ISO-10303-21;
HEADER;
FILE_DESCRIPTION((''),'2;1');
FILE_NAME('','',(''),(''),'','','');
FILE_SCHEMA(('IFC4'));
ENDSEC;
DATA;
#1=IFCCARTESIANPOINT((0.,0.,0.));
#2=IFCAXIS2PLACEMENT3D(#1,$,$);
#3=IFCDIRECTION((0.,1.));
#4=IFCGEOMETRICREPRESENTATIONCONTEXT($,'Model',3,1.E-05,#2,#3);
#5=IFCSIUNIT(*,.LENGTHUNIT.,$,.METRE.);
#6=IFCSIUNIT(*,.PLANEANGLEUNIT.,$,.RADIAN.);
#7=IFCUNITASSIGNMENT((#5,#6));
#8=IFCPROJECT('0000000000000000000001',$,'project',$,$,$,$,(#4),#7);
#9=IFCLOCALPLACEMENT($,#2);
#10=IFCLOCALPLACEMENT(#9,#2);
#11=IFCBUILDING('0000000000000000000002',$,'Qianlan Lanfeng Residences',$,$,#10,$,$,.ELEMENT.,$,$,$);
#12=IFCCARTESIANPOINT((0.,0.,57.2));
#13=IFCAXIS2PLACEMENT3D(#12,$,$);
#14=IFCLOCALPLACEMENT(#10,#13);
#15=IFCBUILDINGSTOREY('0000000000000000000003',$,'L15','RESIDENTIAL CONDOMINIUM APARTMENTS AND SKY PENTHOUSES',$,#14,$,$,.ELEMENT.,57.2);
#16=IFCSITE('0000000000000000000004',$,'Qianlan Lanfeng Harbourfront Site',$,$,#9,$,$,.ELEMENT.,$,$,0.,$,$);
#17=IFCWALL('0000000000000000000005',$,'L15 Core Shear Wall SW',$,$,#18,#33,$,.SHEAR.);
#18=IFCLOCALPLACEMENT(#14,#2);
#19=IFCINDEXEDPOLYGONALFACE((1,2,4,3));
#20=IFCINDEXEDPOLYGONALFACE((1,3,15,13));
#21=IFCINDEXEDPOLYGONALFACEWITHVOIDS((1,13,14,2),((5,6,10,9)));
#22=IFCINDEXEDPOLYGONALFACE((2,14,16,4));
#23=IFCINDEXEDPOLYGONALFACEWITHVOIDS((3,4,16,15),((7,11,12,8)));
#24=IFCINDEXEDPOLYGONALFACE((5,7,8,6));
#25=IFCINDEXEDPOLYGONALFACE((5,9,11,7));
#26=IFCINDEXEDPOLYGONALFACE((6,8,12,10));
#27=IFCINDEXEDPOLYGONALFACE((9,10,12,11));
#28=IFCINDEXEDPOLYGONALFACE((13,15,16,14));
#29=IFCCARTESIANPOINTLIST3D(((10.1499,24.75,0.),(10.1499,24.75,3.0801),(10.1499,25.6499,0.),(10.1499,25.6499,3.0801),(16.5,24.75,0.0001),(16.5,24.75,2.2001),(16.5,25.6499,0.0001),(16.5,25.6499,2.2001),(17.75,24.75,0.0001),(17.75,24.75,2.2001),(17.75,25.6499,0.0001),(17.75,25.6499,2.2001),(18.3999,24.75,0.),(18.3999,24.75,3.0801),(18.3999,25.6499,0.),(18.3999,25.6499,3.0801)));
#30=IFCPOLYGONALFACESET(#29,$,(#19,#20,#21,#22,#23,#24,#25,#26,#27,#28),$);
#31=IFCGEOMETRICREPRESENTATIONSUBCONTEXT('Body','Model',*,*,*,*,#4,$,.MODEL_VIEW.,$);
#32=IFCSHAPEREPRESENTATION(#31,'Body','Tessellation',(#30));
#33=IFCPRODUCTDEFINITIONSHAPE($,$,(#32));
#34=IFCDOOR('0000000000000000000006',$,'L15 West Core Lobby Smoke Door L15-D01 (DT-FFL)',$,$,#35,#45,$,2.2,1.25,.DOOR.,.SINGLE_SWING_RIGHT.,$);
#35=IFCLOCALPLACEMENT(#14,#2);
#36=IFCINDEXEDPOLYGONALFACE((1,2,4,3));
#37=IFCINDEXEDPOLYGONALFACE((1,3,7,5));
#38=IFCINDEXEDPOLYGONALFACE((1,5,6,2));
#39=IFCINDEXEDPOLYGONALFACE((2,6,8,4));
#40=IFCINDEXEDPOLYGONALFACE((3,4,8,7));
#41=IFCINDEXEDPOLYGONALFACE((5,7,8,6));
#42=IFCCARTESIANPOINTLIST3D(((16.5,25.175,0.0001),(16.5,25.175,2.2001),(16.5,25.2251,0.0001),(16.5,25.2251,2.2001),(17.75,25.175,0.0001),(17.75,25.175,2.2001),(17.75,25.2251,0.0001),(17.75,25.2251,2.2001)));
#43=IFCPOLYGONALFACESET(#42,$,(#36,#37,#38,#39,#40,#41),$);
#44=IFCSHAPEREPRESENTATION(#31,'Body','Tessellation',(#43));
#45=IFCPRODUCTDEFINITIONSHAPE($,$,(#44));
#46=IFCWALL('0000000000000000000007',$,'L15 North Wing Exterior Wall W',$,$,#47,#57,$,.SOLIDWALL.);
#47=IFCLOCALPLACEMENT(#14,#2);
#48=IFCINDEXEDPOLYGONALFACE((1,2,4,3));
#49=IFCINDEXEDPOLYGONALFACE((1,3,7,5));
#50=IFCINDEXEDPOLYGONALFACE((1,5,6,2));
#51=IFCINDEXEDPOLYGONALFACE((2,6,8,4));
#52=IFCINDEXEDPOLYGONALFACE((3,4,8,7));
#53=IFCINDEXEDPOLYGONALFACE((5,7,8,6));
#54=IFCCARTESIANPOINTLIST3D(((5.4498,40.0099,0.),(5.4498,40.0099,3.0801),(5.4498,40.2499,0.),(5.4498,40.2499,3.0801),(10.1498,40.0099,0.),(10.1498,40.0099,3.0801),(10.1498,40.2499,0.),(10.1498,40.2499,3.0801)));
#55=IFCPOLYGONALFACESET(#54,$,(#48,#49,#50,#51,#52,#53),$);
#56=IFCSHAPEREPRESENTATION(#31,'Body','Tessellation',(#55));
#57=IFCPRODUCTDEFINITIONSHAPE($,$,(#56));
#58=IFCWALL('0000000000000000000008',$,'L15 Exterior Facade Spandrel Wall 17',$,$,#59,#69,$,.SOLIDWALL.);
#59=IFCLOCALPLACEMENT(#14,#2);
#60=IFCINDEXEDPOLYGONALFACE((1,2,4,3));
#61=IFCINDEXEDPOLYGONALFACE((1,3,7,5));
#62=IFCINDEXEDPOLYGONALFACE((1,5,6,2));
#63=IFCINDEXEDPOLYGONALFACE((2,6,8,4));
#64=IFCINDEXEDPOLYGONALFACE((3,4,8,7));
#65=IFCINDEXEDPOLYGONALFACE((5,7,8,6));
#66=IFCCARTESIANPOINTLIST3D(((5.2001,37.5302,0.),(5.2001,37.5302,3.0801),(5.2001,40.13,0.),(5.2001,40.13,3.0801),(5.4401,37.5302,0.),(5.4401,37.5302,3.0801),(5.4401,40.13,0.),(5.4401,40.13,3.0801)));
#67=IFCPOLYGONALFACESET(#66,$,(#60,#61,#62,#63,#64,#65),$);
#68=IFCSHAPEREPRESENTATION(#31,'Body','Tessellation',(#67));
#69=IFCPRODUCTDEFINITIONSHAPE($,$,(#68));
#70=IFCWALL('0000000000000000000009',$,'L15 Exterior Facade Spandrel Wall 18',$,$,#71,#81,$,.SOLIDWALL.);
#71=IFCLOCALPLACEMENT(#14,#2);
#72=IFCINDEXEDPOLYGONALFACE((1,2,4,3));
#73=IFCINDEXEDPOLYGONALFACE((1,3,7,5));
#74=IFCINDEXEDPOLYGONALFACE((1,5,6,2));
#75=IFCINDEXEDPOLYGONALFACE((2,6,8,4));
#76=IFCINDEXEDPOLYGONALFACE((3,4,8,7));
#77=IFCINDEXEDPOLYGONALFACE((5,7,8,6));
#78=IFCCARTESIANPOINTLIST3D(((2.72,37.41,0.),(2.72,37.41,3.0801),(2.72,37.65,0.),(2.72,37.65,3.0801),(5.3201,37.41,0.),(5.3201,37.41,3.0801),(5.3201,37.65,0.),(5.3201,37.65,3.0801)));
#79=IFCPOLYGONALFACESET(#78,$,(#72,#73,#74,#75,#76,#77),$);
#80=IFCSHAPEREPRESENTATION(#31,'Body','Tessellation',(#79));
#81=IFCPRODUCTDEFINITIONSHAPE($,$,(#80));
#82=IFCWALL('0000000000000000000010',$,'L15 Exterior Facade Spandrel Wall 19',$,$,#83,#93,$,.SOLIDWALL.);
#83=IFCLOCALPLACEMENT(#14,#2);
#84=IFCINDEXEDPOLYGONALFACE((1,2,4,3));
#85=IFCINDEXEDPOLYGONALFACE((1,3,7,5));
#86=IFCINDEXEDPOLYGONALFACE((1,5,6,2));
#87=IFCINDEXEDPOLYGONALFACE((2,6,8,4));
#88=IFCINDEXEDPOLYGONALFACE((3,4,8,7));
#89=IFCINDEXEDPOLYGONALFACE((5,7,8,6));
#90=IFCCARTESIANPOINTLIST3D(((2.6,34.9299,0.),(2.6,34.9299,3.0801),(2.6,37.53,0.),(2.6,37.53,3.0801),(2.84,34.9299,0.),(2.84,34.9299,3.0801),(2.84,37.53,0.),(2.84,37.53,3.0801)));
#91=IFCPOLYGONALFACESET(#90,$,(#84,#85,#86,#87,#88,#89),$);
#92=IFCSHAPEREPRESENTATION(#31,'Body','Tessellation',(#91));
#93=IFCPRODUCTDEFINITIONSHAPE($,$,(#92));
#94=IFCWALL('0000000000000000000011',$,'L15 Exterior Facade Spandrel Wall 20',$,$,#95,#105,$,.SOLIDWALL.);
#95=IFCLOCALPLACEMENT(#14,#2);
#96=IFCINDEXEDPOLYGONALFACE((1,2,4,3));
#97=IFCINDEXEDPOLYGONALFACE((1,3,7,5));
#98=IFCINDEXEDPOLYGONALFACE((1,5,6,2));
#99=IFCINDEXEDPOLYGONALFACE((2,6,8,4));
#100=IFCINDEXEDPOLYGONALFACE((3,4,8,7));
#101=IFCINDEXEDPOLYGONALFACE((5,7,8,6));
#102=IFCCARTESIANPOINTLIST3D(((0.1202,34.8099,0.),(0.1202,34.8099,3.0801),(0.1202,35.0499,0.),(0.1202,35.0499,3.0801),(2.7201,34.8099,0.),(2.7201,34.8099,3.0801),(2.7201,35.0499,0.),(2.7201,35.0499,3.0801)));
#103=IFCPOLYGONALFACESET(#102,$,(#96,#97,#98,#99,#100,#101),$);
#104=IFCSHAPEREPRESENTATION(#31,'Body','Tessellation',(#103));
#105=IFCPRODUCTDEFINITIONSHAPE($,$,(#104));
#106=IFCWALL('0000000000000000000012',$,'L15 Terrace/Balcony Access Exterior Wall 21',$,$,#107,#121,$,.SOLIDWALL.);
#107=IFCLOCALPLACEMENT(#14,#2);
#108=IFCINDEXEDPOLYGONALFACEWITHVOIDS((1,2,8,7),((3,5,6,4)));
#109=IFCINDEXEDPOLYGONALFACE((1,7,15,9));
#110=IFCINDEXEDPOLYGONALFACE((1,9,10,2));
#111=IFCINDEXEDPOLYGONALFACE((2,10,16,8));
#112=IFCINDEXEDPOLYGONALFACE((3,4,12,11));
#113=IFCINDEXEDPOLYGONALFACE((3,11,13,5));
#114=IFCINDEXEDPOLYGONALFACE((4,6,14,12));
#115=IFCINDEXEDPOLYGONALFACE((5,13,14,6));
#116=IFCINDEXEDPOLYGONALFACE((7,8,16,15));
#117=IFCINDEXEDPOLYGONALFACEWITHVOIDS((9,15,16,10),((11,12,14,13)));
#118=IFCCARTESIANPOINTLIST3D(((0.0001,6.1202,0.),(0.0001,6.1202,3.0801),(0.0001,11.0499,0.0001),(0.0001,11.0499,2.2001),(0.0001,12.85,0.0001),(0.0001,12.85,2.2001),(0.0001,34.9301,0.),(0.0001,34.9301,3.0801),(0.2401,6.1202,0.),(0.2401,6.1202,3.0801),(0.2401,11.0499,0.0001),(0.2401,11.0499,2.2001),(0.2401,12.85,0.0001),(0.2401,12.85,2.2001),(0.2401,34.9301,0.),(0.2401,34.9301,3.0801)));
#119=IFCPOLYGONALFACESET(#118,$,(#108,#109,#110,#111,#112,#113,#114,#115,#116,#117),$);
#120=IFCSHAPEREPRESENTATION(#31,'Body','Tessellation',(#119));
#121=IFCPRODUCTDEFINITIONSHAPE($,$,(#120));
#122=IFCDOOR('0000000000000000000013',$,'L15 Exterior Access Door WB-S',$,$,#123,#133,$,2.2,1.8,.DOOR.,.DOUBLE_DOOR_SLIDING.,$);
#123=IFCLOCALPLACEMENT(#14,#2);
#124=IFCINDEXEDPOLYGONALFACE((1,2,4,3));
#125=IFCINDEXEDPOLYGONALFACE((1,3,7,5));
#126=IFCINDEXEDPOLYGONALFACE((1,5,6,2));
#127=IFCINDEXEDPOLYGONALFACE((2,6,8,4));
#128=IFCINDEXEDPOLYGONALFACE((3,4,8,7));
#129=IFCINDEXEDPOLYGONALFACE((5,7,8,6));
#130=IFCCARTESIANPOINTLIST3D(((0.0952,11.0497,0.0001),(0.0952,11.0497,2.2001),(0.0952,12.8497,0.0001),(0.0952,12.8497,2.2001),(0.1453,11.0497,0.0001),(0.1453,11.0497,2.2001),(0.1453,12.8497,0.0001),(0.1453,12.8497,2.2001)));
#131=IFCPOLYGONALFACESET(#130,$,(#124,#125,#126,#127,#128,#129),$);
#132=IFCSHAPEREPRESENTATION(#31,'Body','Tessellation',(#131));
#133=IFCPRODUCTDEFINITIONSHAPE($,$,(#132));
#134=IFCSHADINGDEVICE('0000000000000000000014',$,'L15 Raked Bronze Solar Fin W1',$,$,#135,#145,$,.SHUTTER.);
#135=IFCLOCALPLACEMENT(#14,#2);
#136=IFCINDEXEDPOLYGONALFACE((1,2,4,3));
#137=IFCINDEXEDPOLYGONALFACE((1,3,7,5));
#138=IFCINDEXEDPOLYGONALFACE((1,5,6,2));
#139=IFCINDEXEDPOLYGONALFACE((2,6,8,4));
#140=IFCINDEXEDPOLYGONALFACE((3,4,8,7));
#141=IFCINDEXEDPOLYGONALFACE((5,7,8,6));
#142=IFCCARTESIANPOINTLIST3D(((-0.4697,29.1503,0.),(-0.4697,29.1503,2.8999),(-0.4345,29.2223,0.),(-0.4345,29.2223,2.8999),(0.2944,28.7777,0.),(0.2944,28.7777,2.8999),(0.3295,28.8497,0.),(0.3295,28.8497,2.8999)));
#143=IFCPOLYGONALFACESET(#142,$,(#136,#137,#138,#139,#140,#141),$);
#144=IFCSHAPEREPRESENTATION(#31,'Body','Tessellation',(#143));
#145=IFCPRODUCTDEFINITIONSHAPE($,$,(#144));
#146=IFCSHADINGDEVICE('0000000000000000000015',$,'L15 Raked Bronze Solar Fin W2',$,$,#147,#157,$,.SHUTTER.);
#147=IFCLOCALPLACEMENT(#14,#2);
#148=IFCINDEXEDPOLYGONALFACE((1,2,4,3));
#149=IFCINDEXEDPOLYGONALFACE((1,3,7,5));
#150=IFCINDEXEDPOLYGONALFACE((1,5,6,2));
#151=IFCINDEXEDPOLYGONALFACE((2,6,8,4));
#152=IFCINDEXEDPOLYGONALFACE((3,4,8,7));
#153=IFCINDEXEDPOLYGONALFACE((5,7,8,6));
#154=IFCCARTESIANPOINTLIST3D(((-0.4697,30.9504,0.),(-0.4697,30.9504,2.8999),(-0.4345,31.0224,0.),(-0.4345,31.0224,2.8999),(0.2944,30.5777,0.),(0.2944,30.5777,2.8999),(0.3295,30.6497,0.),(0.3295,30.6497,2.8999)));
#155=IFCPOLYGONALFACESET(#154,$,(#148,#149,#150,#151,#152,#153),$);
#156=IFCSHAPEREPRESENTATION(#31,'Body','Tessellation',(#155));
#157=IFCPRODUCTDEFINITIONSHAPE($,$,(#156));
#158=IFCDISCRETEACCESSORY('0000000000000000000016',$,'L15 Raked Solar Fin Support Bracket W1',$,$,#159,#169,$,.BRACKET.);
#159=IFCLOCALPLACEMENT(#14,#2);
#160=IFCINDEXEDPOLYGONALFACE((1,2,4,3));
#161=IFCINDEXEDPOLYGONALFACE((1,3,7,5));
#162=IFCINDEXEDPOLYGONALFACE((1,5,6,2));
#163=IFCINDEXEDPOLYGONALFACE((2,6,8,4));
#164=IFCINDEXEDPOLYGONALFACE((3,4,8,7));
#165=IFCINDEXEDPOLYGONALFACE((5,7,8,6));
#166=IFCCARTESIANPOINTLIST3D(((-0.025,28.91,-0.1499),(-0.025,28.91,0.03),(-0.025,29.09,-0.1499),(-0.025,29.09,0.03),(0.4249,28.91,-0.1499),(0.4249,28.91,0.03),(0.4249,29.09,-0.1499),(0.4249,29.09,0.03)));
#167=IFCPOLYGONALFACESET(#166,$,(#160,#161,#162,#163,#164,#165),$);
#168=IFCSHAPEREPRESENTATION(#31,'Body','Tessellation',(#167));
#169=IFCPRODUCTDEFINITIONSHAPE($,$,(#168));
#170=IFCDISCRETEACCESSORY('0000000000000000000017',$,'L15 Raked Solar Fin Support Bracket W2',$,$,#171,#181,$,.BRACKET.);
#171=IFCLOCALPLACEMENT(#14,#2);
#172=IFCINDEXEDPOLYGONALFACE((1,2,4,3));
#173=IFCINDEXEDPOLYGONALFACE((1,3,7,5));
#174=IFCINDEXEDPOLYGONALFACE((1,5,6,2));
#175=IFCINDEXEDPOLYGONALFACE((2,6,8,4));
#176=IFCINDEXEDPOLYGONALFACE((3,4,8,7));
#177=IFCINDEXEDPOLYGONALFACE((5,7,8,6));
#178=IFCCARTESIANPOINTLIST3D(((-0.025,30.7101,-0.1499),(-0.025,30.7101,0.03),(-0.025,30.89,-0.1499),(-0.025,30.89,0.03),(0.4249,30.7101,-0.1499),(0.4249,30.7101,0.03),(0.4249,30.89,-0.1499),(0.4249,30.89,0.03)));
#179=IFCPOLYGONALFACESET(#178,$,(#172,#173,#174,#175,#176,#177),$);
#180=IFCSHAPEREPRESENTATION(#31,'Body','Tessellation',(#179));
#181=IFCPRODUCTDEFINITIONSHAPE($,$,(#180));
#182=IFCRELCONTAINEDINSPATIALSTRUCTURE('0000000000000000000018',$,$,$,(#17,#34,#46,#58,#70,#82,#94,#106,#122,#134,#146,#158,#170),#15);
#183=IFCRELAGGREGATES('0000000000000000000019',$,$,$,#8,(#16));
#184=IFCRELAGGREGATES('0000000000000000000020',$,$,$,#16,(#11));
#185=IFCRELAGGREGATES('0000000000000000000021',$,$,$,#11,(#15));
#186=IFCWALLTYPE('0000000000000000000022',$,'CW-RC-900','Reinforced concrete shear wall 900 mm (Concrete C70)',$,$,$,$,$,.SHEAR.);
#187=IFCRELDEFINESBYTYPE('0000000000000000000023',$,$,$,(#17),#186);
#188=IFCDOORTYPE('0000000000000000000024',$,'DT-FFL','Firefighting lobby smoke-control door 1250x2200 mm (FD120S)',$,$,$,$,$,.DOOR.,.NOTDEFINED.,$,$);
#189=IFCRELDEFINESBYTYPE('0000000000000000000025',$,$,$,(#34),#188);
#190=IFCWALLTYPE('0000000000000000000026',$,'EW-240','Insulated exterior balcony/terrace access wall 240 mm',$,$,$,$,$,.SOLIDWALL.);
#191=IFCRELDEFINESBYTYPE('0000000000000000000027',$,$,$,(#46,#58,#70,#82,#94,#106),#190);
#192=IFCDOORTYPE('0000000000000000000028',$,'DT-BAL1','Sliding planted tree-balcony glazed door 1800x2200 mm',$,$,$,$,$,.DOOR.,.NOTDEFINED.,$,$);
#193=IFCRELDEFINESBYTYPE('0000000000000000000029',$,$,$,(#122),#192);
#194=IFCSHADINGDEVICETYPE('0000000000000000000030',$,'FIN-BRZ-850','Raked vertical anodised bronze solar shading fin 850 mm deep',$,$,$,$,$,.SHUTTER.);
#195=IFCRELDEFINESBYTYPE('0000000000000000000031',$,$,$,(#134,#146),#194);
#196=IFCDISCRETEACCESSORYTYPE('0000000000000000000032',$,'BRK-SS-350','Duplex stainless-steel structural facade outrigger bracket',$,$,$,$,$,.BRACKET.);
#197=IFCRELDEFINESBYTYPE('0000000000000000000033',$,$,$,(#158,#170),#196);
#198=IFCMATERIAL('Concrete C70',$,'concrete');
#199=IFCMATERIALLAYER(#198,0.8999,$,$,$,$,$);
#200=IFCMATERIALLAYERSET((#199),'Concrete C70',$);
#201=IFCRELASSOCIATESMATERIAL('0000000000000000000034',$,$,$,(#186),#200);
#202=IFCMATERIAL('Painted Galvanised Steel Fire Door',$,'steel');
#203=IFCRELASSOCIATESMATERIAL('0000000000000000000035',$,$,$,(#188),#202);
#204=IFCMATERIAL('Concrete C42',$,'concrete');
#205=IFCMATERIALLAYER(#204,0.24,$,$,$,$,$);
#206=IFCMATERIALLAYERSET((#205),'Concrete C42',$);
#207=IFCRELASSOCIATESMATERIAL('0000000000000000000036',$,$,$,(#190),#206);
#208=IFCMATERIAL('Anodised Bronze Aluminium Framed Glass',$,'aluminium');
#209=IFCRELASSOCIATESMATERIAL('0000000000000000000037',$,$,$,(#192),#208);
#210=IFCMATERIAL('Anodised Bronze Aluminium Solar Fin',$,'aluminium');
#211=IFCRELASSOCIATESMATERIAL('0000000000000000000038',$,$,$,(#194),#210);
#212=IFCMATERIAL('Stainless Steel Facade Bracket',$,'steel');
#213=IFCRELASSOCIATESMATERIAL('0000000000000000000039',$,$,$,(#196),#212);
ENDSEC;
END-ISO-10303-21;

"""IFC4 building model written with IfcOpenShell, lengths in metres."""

from ifc_helpers import new_model, si_unit, direction, frame, frame_2d, origin, origin_2d, place, context, subcontext, project, spatial, rectangle, extrude, source, transform, mapped, material, layer, layer_set, type_object, element, fill, save


model = new_model("IFC4")

# Units and contexts
model_context = context("Model", 3, precision=1e-05, world=origin(), true_north=direction((0.0, 1.0)))
body_context = subcontext(model_context, "Body", "Model", "MODEL_VIEW")
ifc_project = project(units=[si_unit("LENGTHUNIT", "METRE"), si_unit("PLANEANGLEUNIT", "RADIAN")], contexts=[model_context])

# Site, building, storey
site_placement = place(None, origin())
site = spatial("IfcSite", under=ifc_project, at=site_placement, Name="Qianlan Lanfeng Harbourfront Site", CompositionType="ELEMENT", RefElevation=0.0)
building_placement = place(site_placement, origin())
building = spatial("IfcBuilding", under=site, at=building_placement, Name="Qianlan Lanfeng Residences", CompositionType="ELEMENT")
storey_placement = place(building_placement, frame((0.0, 0.0, 57.2)))
storey = spatial("IfcBuildingStorey", under=building, at=storey_placement, Name="L15", Description="RESIDENTIAL CONDOMINIUM APARTMENTS AND SKY PENTHOUSES", CompositionType="ELEMENT", Elevation=57.2)

# Shared definitions
ifc_material_1 = material(Name="Concrete C70", Category="concrete")
ifc_layer_1 = layer(ifc_material_1, 0.8999)
ifc_layer_set_1 = layer_set([ifc_layer_1], Name="Concrete C70")
wall_type_1 = type_object("IfcWallType", Name="CW-RC-900", Description="Reinforced concrete shear wall 900 mm (Concrete C70)", PredefinedType="SHEAR", material=ifc_layer_set_1)

# Wall, opening, door
wall_1_placement = place(storey_placement, frame((10.1499, 25.2, 0.0), z_axis=(0.0, 0.0, 1.0), x_axis=(1.0, 0.0, 0.0)))
wall_1 = element("IfcWall", 1, at=wall_1_placement, inside=storey, type_object=wall_type_1, Name="L15 Core Shear Wall SW", PredefinedType="SHEAR", context=body_context, shape_type="SweptSolid", body=[
    extrude(rectangle(XDim=8.25, YDim=0.8999, at=frame_2d((4.125, 0.0))), origin(), (0.0, 0.0, 1.0), 3.0801),
])
opening_1_placement = place(wall_1_placement, frame((6.3501, 0.0, 0.0)))
opening_1 = element("IfcOpeningElement", 2, at=opening_1_placement, cuts=wall_1, PredefinedType="OPENING", context=body_context, shape_type="SweptSolid", body=[
    extrude(rectangle(XDim=1.25, YDim=2.2, at=frame_2d((0.625, 1.1001))), frame((0.0, 0.46, 0.0), z_axis=(0.0, -1.0, 0.0), x_axis=(1.0, 0.0, 0.0)), (0.0, 0.0, 1.0), 0.9199),
])
ifc_material_2 = material(Name="Painted Galvanised Steel Fire Door", Category="steel")
door_type_1 = type_object("IfcDoorType", Name="DT-FFL", Description="Firefighting lobby smoke-control door 1250x2200 mm (FD120S)", OperationType="NOTDEFINED", PredefinedType="DOOR", material=ifc_material_2)
door_1_placement = place(opening_1_placement, frame((1.25, 0.0, 0.0), z_axis=(0.0, 0.0, 1.0), x_axis=(-1.0, 0.0, 0.0)))
door_1 = element("IfcDoor", 3, at=door_1_placement, inside=storey, type_object=door_type_1, Name="L15 West Core Lobby Smoke Door L15-D01 (DT-FFL)", OperationType="SINGLE_SWING_RIGHT", OverallHeight=2.2, OverallWidth=1.25, PredefinedType="DOOR", context=body_context, shape_type="SweptSolid", body=[
    extrude(rectangle(XDim=1.25, YDim=2.2, at=frame_2d((0.625, 1.1001))), frame((0.0, 0.0249, 0.0), z_axis=(0.0, -1.0, 0.0), x_axis=(1.0, 0.0, 0.0)), (0.0, 0.0, 1.0), 0.05),
])
fill(opening_1, door_1)

# Walls
ifc_material_3 = material(Name="Concrete C42", Category="concrete")
ifc_layer_2 = layer(ifc_material_3, 0.24)
ifc_layer_set_2 = layer_set([ifc_layer_2], Name="Concrete C42")
wall_type_2 = type_object("IfcWallType", Name="EW-240", Description="Insulated exterior balcony/terrace access wall 240 mm", PredefinedType="SOLIDWALL", material=ifc_layer_set_2)
wall_2_placement = place(storey_placement, frame((10.1499, 40.1299, 0.0), z_axis=(0.0, 0.0, 1.0), x_axis=(-1.0, 0.0, 0.0)))
element("IfcWall", 4, at=wall_2_placement, inside=storey, type_object=wall_type_2, Name="L15 North Wing Exterior Wall W", PredefinedType="SOLIDWALL", context=body_context, shape_type="SweptSolid", body=[
    extrude(rectangle(XDim=4.7, YDim=0.24, at=frame_2d((2.3501, 0.0))), origin(), (0.0, 0.0, 1.0), 3.0801),
])
wall_3_placement = place(storey_placement, frame((5.3201, 40.1299, 0.0), z_axis=(0.0, 0.0, 1.0), x_axis=(0.0, -1.0, 0.0)))
element("IfcWall", 5, at=wall_3_placement, inside=storey, type_object=wall_type_2, Name="L15 Exterior Facade Spandrel Wall 17", PredefinedType="SOLIDWALL", context=body_context, shape_type="SweptSolid", body=[
    extrude(rectangle(XDim=2.5999, YDim=0.24, at=frame_2d((1.2998, 0.0))), origin(), (0.0, 0.0, 1.0), 3.0801),
])
for number, where, z_axis, x_axis, name in (
    (6, (5.3201, 37.53, 0.0), (0.0, 0.0, 1.0), (-1.0, 0.0, 0.0), "L15 Exterior Facade Spandrel Wall 18"),
    (7, (2.72, 37.53, 0.0), (0.0, 0.0, 1.0), (0.0, -1.0, 0.0), "L15 Exterior Facade Spandrel Wall 19"),
):
    element("IfcWall", number, at=place(storey_placement, frame(where, z_axis=z_axis, x_axis=x_axis)), inside=storey, type_object=wall_type_2, Name=name, PredefinedType="SOLIDWALL", context=body_context, shape_type="SweptSolid", body=[
        extrude(rectangle(XDim=2.6001, YDim=0.24, at=frame_2d((1.3, 0.0))), origin(), (0.0, 0.0, 1.0), 3.0801),
    ])
wall_4_placement = place(storey_placement, frame((2.72, 34.9299, 0.0), z_axis=(0.0, 0.0, 1.0), x_axis=(-1.0, 0.0, 0.0)))
element("IfcWall", 8, at=wall_4_placement, inside=storey, type_object=wall_type_2, Name="L15 Exterior Facade Spandrel Wall 20", PredefinedType="SOLIDWALL", context=body_context, shape_type="SweptSolid", body=[
    extrude(rectangle(XDim=2.5999, YDim=0.24, at=frame_2d((1.2998, 0.0))), origin(), (0.0, 0.0, 1.0), 3.0801),
])

# Wall, opening, door
wall_5_placement = place(storey_placement, frame((0.1201, 34.9299, 0.0), z_axis=(0.0, 0.0, 1.0), x_axis=(0.0, -1.0, 0.0)))
wall_5 = element("IfcWall", 9, at=wall_5_placement, inside=storey, type_object=wall_type_2, Name="L15 Terrace/Balcony Access Exterior Wall 21", PredefinedType="SOLIDWALL", context=body_context, shape_type="SweptSolid", body=[
    extrude(rectangle(XDim=28.8098, YDim=0.24, at=frame_2d((14.4048, 0.0))), origin(), (0.0, 0.0, 1.0), 3.0801),
])
opening_2_placement = place(wall_5_placement, frame((22.0801, 0.0, 0.0)))
opening_2 = element("IfcOpeningElement", 10, at=opening_2_placement, cuts=wall_5, PredefinedType="OPENING", context=body_context, shape_type="SweptSolid", body=[
    extrude(rectangle(XDim=1.8, YDim=2.2, at=frame_2d((0.8999, 1.1001))), frame((0.0, 0.1299, 0.0), z_axis=(0.0, -1.0, 0.0), x_axis=(1.0, 0.0, 0.0)), (0.0, 0.0, 1.0), 0.26),
])
ifc_material_4 = material(Name="Anodised Bronze Aluminium Framed Glass", Category="aluminium")
door_type_2 = type_object("IfcDoorType", Name="DT-BAL1", Description="Sliding planted tree-balcony glazed door 1800x2200 mm", OperationType="NOTDEFINED", PredefinedType="DOOR", material=ifc_material_4)
door_2_placement = place(opening_2_placement, frame((1.8, 0.0, 0.0), z_axis=(0.0, 0.0, 1.0), x_axis=(-1.0, 0.0, 0.0)))
door_2 = element("IfcDoor", 11, at=door_2_placement, inside=storey, type_object=door_type_2, Name="L15 Exterior Access Door WB-S", OperationType="DOUBLE_DOOR_SLIDING", OverallHeight=2.2, OverallWidth=1.8, PredefinedType="DOOR", context=body_context, shape_type="SweptSolid", body=[
    extrude(rectangle(XDim=1.8, YDim=2.2, at=frame_2d((0.8999, 1.1001))), frame((0.0, 0.0249, 0.0), z_axis=(0.0, -1.0, 0.0), x_axis=(1.0, 0.0, 0.0)), (0.0, 0.0, 1.0), 0.05),
])
fill(opening_2, door_2)

# Shading devices
ifc_material_5 = material(Name="Anodised Bronze Aluminium Solar Fin", Category="aluminium")
shading_device_type = type_object("IfcShadingDeviceType", Name="FIN-BRZ-850", Description="Raked vertical anodised bronze solar shading fin 850 mm deep", PredefinedType="SHUTTER", material=ifc_material_5)
shared_shape_1 = source(origin(), body_context, "Body", "SweptSolid", [
    extrude(rectangle(XDim=0.8501, YDim=0.0801, at=origin_2d()), origin(), (0.0, 0.0, 1.0), 2.8999),
])
for number, where, z_axis, x_axis, name in (
    (12, (-0.0701, 29.0, 0.0), (0.0, 0.0, 1.0), (0.898794, -0.438371, 0.0), "L15 Raked Bronze Solar Fin W1"),
    (13, (-0.0701, 30.8, 0.0), (0.0, 0.0, 1.0), (0.898794, -0.438371, 0.0), "L15 Raked Bronze Solar Fin W2"),
):
    element("IfcShadingDevice", number, at=place(storey_placement, frame(where, z_axis=z_axis, x_axis=x_axis)), inside=storey, type_object=shading_device_type, Name=name, PredefinedType="SHUTTER", context=body_context, shape_type="MappedRepresentation", body=[
        mapped(shared_shape_1, transform((0.0, 0.0, 0.0), scale=1.0)),
    ])

# Discrete accessories
ifc_material_6 = material(Name="Stainless Steel Facade Bracket", Category="steel")
discrete_accessory_type = type_object("IfcDiscreteAccessoryType", Name="BRK-SS-350", Description="Duplex stainless-steel structural facade outrigger bracket", PredefinedType="BRACKET", material=ifc_material_6)
shared_shape_2 = source(origin(), body_context, "Body", "SweptSolid", [
    extrude(rectangle(XDim=0.45, YDim=0.1799, at=origin_2d()), origin(), (0.0, 0.0, 1.0), 0.1799),
])
for number, where, z_axis, x_axis, name in (
    (14, (0.2, 29.0, -0.1499), (0.0, 0.0, 1.0), (1.0, 0.0, 0.0), "L15 Raked Solar Fin Support Bracket W1"),
    (15, (0.2, 30.8, -0.1499), (0.0, 0.0, 1.0), (1.0, 0.0, 0.0), "L15 Raked Solar Fin Support Bracket W2"),
):
    element("IfcDiscreteAccessory", number, at=place(storey_placement, frame(where, z_axis=z_axis, x_axis=x_axis)), inside=storey, type_object=discrete_accessory_type, Name=name, PredefinedType="BRACKET", context=body_context, shape_type="MappedRepresentation", body=[
        mapped(shared_shape_2, transform((0.0, 0.0, 0.0), scale=1.0)),
    ])

save(model, "model.ifc")
